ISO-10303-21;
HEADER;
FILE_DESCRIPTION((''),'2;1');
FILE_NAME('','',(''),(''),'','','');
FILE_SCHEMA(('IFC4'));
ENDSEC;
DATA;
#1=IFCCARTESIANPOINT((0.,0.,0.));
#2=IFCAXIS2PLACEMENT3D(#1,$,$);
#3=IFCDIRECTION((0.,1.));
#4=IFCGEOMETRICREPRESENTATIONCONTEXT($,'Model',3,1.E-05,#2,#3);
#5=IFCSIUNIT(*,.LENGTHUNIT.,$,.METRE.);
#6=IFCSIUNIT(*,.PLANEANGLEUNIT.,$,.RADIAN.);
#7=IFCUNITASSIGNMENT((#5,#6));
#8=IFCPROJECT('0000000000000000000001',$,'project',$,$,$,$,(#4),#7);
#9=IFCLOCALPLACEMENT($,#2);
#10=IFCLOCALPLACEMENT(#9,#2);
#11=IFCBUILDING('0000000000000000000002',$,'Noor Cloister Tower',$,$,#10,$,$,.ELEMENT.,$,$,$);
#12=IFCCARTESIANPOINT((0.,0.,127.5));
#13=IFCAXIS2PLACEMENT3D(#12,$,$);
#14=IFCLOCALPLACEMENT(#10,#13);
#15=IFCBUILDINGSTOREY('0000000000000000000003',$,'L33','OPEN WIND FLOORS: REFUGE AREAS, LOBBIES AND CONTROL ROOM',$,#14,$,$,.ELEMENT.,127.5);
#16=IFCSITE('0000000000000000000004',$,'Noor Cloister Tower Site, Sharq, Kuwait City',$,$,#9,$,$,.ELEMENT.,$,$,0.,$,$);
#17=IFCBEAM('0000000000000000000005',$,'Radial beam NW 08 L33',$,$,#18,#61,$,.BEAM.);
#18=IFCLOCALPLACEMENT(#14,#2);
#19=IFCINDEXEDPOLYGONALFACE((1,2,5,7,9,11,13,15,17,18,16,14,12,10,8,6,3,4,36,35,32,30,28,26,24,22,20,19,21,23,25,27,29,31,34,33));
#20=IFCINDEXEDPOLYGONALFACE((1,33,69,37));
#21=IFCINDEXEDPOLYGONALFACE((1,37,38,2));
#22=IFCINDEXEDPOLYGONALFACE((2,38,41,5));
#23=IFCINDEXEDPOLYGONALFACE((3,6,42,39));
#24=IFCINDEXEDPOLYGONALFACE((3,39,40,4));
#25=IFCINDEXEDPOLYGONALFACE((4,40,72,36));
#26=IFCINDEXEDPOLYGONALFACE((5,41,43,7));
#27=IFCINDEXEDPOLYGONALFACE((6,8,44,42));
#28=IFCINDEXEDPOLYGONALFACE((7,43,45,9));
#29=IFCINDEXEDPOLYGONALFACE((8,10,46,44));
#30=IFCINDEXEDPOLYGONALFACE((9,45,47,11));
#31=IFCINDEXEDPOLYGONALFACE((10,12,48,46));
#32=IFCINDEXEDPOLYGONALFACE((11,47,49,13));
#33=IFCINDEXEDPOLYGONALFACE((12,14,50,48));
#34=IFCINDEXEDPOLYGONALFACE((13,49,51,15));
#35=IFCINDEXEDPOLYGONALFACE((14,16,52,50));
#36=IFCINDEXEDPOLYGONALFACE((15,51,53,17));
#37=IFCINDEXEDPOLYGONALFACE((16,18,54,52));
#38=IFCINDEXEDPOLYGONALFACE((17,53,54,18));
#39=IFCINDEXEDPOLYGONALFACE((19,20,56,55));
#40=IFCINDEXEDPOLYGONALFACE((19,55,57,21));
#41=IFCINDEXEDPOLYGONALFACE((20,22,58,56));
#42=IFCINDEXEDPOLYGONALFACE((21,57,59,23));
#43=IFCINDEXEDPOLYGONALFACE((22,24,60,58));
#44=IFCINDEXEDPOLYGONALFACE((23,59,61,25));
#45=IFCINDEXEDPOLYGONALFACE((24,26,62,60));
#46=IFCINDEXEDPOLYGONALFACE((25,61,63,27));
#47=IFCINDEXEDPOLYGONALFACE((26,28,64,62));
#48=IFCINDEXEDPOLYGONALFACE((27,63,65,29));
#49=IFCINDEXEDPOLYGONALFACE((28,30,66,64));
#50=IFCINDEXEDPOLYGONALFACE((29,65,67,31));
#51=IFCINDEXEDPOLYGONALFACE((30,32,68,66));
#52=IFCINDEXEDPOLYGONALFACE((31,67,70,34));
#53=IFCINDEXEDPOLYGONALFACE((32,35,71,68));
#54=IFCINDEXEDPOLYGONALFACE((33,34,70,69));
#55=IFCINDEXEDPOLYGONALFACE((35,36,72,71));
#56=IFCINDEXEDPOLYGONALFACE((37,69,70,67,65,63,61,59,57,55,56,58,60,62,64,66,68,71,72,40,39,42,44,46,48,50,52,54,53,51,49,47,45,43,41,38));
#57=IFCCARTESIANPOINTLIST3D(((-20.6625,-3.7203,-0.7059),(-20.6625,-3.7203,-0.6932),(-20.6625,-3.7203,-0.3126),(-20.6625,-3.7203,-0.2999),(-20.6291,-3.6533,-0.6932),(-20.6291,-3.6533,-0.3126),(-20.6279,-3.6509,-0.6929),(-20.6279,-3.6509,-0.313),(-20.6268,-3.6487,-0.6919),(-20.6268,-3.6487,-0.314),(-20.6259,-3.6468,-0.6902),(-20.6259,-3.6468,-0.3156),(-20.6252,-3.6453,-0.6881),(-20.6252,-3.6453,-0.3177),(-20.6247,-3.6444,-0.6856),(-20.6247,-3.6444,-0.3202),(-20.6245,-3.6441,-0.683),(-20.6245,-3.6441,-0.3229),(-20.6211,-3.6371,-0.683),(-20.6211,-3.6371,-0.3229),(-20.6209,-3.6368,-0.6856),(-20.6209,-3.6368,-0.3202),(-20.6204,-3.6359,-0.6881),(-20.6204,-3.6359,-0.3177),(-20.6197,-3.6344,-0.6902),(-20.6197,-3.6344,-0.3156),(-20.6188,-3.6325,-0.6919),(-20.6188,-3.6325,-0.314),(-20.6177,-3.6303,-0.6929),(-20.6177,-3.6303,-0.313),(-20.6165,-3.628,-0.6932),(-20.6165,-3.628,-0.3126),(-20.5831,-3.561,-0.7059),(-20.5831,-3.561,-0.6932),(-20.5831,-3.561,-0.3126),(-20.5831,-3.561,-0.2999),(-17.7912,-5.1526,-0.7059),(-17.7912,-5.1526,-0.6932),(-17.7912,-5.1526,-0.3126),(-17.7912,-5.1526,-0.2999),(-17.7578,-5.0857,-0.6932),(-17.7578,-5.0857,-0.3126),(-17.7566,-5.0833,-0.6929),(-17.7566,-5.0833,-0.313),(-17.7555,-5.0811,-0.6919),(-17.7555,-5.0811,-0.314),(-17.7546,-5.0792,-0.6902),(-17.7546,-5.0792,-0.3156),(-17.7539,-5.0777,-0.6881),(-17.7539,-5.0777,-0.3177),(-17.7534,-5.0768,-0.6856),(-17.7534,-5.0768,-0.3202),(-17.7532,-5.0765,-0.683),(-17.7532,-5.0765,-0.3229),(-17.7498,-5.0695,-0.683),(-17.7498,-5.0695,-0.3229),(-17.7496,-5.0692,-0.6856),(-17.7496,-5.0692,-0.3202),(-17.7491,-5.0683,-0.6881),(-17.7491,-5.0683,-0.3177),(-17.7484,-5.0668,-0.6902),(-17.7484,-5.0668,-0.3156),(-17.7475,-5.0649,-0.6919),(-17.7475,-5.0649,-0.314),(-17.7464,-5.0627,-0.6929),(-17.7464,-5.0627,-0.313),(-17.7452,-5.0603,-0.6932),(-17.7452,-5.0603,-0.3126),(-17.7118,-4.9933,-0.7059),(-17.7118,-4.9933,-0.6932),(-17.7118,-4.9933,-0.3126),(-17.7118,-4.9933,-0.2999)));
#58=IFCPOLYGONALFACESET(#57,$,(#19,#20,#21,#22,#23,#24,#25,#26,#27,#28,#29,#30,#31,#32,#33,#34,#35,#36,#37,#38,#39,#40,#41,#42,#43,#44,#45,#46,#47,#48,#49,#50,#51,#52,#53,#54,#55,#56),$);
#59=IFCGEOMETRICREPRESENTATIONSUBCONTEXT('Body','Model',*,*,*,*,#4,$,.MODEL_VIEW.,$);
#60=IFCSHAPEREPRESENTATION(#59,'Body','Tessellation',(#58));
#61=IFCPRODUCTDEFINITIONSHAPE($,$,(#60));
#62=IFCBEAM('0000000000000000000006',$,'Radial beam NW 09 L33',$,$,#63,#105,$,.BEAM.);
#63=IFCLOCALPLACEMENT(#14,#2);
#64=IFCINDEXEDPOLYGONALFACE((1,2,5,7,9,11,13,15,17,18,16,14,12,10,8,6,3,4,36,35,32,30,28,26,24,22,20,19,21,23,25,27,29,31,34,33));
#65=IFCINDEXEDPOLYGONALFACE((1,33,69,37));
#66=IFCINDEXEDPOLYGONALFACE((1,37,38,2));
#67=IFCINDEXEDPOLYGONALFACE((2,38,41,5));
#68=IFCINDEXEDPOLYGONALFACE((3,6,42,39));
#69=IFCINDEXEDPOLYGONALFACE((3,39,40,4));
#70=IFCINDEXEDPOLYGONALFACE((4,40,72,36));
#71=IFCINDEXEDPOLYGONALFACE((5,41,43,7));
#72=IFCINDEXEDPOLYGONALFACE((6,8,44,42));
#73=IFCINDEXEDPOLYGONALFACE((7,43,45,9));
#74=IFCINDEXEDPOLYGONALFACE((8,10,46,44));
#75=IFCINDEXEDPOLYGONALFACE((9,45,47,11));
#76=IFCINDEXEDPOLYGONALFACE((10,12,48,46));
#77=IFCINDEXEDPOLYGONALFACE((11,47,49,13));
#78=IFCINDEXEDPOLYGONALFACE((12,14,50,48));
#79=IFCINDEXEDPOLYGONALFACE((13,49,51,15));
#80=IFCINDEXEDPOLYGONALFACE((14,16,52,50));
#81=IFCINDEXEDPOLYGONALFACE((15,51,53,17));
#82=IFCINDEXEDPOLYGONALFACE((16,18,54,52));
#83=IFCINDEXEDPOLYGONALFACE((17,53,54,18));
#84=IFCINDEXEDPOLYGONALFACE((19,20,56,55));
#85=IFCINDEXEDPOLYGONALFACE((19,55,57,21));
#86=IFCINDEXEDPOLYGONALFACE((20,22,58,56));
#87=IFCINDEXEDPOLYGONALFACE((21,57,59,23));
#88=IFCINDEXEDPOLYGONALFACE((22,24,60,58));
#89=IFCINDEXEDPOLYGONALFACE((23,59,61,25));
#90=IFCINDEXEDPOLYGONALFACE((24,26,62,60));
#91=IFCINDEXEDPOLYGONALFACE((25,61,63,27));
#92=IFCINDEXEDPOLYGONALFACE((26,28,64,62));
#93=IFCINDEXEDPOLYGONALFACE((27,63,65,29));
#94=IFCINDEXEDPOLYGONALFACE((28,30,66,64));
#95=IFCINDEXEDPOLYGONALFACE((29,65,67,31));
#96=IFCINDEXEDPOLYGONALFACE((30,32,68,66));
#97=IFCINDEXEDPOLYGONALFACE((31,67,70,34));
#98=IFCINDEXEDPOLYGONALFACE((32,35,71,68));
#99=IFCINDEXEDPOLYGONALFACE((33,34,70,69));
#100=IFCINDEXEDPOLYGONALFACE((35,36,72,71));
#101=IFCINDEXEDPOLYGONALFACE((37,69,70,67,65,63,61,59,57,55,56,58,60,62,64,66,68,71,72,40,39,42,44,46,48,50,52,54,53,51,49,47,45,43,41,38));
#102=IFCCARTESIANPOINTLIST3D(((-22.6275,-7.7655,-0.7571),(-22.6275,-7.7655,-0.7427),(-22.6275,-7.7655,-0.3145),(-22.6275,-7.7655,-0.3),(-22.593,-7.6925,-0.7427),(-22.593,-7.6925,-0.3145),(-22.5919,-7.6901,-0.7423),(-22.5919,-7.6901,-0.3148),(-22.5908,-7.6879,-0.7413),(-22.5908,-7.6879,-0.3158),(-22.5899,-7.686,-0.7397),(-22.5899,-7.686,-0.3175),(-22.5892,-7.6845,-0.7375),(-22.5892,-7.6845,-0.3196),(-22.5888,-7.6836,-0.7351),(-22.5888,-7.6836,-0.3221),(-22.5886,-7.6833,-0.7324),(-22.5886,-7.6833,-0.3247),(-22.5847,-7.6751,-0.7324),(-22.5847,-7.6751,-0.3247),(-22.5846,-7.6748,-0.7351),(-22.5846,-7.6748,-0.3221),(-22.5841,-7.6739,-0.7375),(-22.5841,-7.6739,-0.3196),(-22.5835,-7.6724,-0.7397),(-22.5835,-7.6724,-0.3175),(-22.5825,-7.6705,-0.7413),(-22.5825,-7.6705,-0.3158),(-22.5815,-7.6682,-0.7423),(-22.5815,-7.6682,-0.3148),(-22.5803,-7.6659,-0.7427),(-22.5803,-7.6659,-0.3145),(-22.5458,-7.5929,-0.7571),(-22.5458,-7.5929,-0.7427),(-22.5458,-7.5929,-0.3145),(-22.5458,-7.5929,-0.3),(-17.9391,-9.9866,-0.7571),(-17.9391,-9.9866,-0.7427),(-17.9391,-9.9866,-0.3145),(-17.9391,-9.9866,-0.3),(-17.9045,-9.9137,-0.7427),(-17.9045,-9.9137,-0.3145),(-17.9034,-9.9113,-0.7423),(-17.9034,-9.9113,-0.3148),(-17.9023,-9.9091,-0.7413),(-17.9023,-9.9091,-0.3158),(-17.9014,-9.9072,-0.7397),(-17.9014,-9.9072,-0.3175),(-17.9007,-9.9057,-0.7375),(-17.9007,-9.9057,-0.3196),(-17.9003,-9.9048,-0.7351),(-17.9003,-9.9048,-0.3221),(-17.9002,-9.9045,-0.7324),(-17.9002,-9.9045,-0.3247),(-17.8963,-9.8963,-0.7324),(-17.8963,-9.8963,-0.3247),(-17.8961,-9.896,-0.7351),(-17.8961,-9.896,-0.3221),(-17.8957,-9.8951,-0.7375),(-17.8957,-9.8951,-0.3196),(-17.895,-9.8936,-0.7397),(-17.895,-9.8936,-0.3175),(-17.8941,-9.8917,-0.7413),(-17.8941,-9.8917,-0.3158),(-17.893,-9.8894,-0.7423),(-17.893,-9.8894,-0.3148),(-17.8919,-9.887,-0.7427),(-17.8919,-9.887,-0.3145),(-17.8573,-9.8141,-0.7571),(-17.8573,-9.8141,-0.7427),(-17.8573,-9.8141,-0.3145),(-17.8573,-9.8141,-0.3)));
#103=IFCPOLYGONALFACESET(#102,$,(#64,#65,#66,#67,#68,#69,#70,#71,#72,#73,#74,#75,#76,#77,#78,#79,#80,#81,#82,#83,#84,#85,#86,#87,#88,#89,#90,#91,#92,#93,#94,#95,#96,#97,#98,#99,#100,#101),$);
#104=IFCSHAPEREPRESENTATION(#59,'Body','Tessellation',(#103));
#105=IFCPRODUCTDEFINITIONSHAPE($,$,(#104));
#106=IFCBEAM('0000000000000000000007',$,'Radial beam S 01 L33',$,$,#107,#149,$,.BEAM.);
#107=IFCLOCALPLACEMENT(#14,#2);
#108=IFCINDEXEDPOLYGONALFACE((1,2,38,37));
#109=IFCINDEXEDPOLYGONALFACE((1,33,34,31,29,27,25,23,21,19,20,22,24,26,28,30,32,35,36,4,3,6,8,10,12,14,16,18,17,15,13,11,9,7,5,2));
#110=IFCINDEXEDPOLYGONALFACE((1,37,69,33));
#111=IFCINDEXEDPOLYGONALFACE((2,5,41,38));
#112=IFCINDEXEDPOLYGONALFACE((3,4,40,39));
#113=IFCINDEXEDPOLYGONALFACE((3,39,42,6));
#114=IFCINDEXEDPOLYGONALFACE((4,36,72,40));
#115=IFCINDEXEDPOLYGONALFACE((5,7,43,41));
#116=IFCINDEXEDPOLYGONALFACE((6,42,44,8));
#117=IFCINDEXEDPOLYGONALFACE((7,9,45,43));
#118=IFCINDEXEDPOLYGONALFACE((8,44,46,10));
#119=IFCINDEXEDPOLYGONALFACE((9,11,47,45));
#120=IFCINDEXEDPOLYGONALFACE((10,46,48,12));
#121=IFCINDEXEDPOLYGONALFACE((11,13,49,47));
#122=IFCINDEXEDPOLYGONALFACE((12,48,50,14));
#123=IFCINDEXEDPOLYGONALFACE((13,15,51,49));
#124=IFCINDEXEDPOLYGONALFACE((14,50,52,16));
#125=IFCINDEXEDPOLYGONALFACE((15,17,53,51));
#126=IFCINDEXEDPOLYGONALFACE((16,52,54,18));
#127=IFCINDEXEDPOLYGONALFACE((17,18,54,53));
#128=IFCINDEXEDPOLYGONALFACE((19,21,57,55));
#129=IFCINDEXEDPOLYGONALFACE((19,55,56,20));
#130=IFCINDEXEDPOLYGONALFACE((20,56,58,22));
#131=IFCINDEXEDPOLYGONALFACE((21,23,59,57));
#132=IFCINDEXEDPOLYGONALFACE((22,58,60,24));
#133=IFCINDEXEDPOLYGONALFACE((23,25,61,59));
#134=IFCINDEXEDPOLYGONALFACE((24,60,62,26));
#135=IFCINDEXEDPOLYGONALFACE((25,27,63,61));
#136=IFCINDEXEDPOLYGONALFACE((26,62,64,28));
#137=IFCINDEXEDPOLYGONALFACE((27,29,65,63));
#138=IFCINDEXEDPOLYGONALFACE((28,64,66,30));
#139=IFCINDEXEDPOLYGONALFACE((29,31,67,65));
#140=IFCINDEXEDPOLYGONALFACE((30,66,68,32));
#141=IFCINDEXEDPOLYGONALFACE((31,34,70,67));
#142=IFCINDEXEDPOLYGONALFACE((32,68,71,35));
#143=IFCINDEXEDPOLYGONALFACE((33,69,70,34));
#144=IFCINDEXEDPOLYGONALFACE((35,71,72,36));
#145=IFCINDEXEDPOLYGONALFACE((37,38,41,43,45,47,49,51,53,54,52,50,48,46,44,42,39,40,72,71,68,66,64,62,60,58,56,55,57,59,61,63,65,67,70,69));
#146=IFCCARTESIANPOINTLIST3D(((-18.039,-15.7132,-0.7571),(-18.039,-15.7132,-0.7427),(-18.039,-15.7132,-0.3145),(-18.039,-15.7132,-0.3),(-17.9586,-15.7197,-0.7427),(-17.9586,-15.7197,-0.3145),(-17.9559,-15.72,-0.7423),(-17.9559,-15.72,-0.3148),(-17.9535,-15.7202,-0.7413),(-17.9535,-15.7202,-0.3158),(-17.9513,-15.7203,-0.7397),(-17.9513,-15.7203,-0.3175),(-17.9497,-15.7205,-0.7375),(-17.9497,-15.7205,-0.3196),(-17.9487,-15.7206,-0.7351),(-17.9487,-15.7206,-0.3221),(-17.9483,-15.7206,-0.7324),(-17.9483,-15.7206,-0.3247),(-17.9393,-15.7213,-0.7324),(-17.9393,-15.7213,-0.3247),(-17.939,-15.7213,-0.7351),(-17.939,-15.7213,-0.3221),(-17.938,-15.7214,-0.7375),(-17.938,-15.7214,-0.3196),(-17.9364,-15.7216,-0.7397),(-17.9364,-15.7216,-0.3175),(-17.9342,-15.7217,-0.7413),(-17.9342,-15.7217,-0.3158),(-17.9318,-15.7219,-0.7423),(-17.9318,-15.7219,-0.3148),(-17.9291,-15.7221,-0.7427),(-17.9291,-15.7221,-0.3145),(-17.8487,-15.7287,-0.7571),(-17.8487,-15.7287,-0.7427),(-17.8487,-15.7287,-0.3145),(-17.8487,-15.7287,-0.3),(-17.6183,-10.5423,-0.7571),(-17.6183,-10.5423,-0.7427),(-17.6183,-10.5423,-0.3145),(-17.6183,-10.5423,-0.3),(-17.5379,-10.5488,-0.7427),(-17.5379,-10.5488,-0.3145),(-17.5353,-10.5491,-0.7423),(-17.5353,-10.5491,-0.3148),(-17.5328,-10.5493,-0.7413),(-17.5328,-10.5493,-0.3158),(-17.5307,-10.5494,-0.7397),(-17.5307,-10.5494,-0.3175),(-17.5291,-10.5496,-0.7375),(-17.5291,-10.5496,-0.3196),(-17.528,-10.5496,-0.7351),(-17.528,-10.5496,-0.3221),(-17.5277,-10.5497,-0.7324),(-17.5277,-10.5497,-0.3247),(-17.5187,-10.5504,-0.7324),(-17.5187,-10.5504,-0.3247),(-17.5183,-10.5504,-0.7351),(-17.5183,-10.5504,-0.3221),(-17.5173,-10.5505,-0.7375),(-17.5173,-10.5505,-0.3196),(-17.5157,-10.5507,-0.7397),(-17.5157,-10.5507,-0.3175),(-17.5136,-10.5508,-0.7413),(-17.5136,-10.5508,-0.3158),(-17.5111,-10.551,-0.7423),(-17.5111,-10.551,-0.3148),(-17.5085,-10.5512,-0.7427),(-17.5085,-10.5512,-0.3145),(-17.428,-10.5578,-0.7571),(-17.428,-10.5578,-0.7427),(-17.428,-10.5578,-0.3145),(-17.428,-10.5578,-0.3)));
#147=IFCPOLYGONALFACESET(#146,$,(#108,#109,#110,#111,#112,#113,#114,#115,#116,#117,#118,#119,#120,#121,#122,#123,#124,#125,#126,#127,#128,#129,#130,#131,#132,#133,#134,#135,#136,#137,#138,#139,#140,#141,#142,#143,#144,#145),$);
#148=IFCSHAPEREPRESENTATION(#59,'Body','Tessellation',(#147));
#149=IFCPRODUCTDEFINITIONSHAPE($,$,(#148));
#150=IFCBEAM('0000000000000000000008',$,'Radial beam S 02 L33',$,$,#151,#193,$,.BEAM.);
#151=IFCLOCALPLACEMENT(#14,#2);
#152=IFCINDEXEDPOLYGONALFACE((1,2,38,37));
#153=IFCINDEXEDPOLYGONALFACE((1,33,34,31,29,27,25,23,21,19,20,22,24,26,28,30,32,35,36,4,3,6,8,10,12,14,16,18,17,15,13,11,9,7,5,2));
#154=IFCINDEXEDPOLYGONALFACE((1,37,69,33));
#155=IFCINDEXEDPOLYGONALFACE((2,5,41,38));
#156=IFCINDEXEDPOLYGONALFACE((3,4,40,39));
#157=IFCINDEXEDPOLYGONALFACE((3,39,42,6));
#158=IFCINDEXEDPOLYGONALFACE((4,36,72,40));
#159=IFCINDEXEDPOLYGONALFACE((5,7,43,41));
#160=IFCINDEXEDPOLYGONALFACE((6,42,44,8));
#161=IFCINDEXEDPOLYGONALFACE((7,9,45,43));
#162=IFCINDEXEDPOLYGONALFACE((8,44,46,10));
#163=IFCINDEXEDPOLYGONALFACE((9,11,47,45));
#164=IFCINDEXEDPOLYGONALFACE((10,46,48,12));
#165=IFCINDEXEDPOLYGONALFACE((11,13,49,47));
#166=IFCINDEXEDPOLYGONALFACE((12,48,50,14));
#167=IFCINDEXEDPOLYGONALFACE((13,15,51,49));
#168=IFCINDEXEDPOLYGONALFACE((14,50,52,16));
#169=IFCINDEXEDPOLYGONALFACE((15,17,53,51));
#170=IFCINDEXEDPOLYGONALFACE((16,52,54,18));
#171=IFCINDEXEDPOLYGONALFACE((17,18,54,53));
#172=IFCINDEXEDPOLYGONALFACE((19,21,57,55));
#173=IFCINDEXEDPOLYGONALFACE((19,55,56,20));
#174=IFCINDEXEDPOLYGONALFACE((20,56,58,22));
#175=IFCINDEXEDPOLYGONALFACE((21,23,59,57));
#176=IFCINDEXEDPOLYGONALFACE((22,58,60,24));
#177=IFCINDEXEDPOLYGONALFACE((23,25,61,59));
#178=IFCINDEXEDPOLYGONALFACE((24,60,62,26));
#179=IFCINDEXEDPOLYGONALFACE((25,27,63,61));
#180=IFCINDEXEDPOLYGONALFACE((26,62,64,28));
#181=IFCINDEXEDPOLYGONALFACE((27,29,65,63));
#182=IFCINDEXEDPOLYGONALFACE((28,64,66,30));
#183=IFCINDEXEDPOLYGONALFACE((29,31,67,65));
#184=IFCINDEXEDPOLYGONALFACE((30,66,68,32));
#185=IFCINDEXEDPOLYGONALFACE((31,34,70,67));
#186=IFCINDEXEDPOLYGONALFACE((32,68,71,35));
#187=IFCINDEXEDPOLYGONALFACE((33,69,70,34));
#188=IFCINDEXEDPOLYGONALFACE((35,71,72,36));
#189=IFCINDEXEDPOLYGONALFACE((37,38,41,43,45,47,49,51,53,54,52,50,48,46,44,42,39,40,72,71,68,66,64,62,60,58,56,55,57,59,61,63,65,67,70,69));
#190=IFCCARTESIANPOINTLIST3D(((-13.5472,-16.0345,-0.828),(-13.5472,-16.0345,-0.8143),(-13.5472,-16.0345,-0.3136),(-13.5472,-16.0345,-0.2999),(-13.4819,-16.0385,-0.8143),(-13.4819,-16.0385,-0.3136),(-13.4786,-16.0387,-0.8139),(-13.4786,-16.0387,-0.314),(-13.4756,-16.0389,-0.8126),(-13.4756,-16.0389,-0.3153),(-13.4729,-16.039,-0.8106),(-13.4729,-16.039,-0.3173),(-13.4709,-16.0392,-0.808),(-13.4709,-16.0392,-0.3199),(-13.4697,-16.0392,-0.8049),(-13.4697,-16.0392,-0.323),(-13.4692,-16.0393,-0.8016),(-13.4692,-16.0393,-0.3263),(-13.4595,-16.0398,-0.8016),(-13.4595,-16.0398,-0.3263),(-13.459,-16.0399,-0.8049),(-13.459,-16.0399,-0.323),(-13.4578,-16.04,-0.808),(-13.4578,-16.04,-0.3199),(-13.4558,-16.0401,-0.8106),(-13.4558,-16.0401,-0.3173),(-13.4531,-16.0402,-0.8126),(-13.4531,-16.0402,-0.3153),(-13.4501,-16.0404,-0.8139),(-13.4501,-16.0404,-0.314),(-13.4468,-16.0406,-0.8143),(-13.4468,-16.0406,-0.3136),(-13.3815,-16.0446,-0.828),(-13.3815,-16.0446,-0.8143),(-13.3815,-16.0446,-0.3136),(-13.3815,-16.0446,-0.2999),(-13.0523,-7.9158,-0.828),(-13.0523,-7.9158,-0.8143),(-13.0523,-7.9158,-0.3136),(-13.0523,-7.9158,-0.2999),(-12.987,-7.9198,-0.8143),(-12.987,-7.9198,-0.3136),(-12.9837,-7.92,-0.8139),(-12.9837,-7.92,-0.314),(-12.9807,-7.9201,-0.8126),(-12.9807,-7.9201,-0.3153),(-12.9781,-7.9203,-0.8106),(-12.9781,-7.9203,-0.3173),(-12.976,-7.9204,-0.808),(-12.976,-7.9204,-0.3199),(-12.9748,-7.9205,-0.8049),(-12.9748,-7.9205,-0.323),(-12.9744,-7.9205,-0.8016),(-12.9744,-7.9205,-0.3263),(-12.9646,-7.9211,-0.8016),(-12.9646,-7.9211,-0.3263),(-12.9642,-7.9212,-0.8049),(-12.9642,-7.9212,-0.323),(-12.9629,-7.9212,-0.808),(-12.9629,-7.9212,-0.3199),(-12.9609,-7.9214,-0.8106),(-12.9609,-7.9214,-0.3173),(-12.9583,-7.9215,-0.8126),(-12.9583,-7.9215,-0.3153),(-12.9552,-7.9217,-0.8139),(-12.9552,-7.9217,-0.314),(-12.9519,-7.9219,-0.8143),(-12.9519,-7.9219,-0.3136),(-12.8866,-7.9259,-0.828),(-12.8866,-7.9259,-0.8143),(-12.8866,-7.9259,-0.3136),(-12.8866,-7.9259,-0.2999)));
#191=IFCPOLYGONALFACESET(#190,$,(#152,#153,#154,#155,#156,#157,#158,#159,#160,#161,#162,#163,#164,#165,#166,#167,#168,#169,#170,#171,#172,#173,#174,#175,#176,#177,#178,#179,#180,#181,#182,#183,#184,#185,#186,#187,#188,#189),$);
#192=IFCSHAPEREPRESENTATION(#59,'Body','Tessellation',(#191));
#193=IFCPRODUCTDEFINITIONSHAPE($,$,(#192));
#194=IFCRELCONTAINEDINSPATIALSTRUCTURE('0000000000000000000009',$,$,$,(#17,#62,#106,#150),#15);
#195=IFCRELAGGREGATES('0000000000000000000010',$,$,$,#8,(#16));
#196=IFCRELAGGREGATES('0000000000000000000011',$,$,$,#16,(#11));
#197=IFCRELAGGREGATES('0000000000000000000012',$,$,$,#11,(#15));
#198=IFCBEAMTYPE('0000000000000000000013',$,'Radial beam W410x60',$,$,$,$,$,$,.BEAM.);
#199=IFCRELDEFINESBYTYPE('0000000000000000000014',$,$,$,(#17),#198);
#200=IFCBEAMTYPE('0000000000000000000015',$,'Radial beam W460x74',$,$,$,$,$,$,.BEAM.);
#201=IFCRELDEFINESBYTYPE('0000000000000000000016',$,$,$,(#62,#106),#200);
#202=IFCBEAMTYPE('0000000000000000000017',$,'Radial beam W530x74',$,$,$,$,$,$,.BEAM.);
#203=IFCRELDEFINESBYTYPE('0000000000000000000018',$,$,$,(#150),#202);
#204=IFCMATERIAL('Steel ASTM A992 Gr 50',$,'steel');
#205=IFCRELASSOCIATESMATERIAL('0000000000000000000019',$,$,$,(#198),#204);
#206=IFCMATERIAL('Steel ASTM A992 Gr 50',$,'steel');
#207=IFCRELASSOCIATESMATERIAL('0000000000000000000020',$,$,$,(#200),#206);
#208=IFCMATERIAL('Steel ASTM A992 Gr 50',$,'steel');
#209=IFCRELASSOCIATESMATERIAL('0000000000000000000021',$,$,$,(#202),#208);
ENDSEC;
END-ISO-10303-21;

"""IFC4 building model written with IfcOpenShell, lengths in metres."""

from ifc_helpers import new_model, si_unit, direction, frame, origin, origin_2d, place, context, subcontext, project, spatial, i_section, extrude, material, material_profile, profile_set, type_object, element, save


model = new_model("IFC4")

# Units and contexts
model_context = context("Model", 3, precision=1e-05, world=origin(), true_north=direction((0.0, 1.0)))
body_context = subcontext(model_context, "Body", "Model", "MODEL_VIEW")
ifc_project = project(units=[si_unit("LENGTHUNIT", "METRE"), si_unit("PLANEANGLEUNIT", "RADIAN")], contexts=[model_context])

# Site, building, storey
site_placement = place(None, origin())
site = spatial("IfcSite", under=ifc_project, at=site_placement, Name="Noor Cloister Tower Site, Sharq, Kuwait City", CompositionType="ELEMENT", RefElevation=0.0)
building_placement = place(site_placement, origin())
building = spatial("IfcBuilding", under=site, at=building_placement, Name="Noor Cloister Tower", CompositionType="ELEMENT")
storey_placement = place(building_placement, frame((0.0, 0.0, 127.5)))
storey = spatial("IfcBuildingStorey", under=building, at=storey_placement, Name="L33", Description="OPEN WIND FLOORS: REFUGE AREAS, LOBBIES AND CONTROL ROOM", CompositionType="ELEMENT", Elevation=127.5)

# Beams
ifc_material_1 = material(Name="Steel ASTM A992 Gr 50", Category="steel")
ifc_material_profile_1 = material_profile(ifc_material_1, i_section(OverallWidth=0.178, OverallDepth=0.406, WebThickness=0.0078, FlangeThickness=0.0127, FilletRadius=0.0103, at=origin_2d()), Name="W410x60")
ifc_profile_set_1 = profile_set([ifc_material_profile_1], Name="Steel ASTM A992 Gr 50")
beam_type_1 = type_object("IfcBeamType", Name="Radial beam W410x60", PredefinedType="BEAM", material=ifc_profile_set_1)
beam_1_placement = place(storey_placement, frame((-20.6228, -3.6406, -0.5029), z_axis=(0.894838, -0.446392, 0.0), x_axis=(0.446392, 0.894838, 0.0)))
element("IfcBeam", 1, at=beam_1_placement, inside=storey, type_object=beam_type_1, Name="Radial beam NW 08 L33", PredefinedType="BEAM", context=body_context, shape_type="SweptSolid", body=[
    extrude(i_section(OverallWidth=0.178, OverallDepth=0.406, WebThickness=0.0078, FlangeThickness=0.0127, FilletRadius=0.0103, at=origin_2d()), origin(), (0.0, 0.0, 1.0), 3.2087),
])
ifc_material_2 = material(Name="Steel ASTM A992 Gr 50", Category="steel")
ifc_material_profile_2 = material_profile(ifc_material_2, i_section(OverallWidth=0.1909, OverallDepth=0.457, WebThickness=0.009, FlangeThickness=0.0144, FilletRadius=0.0103, at=origin_2d()), Name="W460x74")
ifc_profile_set_2 = profile_set([ifc_material_profile_2], Name="Steel ASTM A992 Gr 50")
beam_type_2 = type_object("IfcBeamType", Name="Radial beam W460x74", PredefinedType="BEAM", material=ifc_profile_set_2)
for number, where, z_axis, x_axis, name in (
    (2, (-22.5867, -7.6792, -0.5286), (0.903713, -0.428139, 0.0), (0.428139, 0.903713, 0.0), "Radial beam NW 09 L33"),
    (3, (-17.9438, -15.7209, -0.5286), (0.081082, 0.996707, 0.0), (-0.996707, 0.081082, 0.0), "Radial beam S 01 L33"),
):
    element("IfcBeam", number, at=place(storey_placement, frame(where, z_axis=z_axis, x_axis=x_axis)), inside=storey, type_object=beam_type_2, Name=name, PredefinedType="BEAM", context=body_context, shape_type="SweptSolid", body=[
        extrude(i_section(OverallWidth=0.1909, OverallDepth=0.457, WebThickness=0.009, FlangeThickness=0.0144, FilletRadius=0.0103, at=origin_2d()), origin(), (0.0, 0.0, 1.0), 5.188),
    ])
ifc_material_3 = material(Name="Steel ASTM A992 Gr 50", Category="steel")
ifc_material_profile_3 = material_profile(ifc_material_3, i_section(OverallWidth=0.166, OverallDepth=0.5281, WebThickness=0.0098, FlangeThickness=0.0137, FilletRadius=0.0127, at=origin_2d()), Name="W530x74")
ifc_profile_set_3 = profile_set([ifc_material_profile_3], Name="Steel ASTM A992 Gr 50")
beam_type_3 = type_object("IfcBeamType", Name="Radial beam W530x74", PredefinedType="BEAM", material=ifc_profile_set_3)
beam_2_placement = place(storey_placement, frame((-13.4644, -16.0396, -0.564), z_axis=(0.060842, 0.998147, 0.0), x_axis=(-0.998147, 0.060842, 0.0)))
element("IfcBeam", 4, at=beam_2_placement, inside=storey, type_object=beam_type_3, Name="Radial beam S 02 L33", PredefinedType="BEAM", context=body_context, shape_type="SweptSolid", body=[
    extrude(i_section(OverallWidth=0.166, OverallDepth=0.5281, WebThickness=0.0098, FlangeThickness=0.0137, FilletRadius=0.0127, at=origin_2d()), origin(), (0.0, 0.0, 1.0), 8.1338),
])

save(model, "model.ifc")
